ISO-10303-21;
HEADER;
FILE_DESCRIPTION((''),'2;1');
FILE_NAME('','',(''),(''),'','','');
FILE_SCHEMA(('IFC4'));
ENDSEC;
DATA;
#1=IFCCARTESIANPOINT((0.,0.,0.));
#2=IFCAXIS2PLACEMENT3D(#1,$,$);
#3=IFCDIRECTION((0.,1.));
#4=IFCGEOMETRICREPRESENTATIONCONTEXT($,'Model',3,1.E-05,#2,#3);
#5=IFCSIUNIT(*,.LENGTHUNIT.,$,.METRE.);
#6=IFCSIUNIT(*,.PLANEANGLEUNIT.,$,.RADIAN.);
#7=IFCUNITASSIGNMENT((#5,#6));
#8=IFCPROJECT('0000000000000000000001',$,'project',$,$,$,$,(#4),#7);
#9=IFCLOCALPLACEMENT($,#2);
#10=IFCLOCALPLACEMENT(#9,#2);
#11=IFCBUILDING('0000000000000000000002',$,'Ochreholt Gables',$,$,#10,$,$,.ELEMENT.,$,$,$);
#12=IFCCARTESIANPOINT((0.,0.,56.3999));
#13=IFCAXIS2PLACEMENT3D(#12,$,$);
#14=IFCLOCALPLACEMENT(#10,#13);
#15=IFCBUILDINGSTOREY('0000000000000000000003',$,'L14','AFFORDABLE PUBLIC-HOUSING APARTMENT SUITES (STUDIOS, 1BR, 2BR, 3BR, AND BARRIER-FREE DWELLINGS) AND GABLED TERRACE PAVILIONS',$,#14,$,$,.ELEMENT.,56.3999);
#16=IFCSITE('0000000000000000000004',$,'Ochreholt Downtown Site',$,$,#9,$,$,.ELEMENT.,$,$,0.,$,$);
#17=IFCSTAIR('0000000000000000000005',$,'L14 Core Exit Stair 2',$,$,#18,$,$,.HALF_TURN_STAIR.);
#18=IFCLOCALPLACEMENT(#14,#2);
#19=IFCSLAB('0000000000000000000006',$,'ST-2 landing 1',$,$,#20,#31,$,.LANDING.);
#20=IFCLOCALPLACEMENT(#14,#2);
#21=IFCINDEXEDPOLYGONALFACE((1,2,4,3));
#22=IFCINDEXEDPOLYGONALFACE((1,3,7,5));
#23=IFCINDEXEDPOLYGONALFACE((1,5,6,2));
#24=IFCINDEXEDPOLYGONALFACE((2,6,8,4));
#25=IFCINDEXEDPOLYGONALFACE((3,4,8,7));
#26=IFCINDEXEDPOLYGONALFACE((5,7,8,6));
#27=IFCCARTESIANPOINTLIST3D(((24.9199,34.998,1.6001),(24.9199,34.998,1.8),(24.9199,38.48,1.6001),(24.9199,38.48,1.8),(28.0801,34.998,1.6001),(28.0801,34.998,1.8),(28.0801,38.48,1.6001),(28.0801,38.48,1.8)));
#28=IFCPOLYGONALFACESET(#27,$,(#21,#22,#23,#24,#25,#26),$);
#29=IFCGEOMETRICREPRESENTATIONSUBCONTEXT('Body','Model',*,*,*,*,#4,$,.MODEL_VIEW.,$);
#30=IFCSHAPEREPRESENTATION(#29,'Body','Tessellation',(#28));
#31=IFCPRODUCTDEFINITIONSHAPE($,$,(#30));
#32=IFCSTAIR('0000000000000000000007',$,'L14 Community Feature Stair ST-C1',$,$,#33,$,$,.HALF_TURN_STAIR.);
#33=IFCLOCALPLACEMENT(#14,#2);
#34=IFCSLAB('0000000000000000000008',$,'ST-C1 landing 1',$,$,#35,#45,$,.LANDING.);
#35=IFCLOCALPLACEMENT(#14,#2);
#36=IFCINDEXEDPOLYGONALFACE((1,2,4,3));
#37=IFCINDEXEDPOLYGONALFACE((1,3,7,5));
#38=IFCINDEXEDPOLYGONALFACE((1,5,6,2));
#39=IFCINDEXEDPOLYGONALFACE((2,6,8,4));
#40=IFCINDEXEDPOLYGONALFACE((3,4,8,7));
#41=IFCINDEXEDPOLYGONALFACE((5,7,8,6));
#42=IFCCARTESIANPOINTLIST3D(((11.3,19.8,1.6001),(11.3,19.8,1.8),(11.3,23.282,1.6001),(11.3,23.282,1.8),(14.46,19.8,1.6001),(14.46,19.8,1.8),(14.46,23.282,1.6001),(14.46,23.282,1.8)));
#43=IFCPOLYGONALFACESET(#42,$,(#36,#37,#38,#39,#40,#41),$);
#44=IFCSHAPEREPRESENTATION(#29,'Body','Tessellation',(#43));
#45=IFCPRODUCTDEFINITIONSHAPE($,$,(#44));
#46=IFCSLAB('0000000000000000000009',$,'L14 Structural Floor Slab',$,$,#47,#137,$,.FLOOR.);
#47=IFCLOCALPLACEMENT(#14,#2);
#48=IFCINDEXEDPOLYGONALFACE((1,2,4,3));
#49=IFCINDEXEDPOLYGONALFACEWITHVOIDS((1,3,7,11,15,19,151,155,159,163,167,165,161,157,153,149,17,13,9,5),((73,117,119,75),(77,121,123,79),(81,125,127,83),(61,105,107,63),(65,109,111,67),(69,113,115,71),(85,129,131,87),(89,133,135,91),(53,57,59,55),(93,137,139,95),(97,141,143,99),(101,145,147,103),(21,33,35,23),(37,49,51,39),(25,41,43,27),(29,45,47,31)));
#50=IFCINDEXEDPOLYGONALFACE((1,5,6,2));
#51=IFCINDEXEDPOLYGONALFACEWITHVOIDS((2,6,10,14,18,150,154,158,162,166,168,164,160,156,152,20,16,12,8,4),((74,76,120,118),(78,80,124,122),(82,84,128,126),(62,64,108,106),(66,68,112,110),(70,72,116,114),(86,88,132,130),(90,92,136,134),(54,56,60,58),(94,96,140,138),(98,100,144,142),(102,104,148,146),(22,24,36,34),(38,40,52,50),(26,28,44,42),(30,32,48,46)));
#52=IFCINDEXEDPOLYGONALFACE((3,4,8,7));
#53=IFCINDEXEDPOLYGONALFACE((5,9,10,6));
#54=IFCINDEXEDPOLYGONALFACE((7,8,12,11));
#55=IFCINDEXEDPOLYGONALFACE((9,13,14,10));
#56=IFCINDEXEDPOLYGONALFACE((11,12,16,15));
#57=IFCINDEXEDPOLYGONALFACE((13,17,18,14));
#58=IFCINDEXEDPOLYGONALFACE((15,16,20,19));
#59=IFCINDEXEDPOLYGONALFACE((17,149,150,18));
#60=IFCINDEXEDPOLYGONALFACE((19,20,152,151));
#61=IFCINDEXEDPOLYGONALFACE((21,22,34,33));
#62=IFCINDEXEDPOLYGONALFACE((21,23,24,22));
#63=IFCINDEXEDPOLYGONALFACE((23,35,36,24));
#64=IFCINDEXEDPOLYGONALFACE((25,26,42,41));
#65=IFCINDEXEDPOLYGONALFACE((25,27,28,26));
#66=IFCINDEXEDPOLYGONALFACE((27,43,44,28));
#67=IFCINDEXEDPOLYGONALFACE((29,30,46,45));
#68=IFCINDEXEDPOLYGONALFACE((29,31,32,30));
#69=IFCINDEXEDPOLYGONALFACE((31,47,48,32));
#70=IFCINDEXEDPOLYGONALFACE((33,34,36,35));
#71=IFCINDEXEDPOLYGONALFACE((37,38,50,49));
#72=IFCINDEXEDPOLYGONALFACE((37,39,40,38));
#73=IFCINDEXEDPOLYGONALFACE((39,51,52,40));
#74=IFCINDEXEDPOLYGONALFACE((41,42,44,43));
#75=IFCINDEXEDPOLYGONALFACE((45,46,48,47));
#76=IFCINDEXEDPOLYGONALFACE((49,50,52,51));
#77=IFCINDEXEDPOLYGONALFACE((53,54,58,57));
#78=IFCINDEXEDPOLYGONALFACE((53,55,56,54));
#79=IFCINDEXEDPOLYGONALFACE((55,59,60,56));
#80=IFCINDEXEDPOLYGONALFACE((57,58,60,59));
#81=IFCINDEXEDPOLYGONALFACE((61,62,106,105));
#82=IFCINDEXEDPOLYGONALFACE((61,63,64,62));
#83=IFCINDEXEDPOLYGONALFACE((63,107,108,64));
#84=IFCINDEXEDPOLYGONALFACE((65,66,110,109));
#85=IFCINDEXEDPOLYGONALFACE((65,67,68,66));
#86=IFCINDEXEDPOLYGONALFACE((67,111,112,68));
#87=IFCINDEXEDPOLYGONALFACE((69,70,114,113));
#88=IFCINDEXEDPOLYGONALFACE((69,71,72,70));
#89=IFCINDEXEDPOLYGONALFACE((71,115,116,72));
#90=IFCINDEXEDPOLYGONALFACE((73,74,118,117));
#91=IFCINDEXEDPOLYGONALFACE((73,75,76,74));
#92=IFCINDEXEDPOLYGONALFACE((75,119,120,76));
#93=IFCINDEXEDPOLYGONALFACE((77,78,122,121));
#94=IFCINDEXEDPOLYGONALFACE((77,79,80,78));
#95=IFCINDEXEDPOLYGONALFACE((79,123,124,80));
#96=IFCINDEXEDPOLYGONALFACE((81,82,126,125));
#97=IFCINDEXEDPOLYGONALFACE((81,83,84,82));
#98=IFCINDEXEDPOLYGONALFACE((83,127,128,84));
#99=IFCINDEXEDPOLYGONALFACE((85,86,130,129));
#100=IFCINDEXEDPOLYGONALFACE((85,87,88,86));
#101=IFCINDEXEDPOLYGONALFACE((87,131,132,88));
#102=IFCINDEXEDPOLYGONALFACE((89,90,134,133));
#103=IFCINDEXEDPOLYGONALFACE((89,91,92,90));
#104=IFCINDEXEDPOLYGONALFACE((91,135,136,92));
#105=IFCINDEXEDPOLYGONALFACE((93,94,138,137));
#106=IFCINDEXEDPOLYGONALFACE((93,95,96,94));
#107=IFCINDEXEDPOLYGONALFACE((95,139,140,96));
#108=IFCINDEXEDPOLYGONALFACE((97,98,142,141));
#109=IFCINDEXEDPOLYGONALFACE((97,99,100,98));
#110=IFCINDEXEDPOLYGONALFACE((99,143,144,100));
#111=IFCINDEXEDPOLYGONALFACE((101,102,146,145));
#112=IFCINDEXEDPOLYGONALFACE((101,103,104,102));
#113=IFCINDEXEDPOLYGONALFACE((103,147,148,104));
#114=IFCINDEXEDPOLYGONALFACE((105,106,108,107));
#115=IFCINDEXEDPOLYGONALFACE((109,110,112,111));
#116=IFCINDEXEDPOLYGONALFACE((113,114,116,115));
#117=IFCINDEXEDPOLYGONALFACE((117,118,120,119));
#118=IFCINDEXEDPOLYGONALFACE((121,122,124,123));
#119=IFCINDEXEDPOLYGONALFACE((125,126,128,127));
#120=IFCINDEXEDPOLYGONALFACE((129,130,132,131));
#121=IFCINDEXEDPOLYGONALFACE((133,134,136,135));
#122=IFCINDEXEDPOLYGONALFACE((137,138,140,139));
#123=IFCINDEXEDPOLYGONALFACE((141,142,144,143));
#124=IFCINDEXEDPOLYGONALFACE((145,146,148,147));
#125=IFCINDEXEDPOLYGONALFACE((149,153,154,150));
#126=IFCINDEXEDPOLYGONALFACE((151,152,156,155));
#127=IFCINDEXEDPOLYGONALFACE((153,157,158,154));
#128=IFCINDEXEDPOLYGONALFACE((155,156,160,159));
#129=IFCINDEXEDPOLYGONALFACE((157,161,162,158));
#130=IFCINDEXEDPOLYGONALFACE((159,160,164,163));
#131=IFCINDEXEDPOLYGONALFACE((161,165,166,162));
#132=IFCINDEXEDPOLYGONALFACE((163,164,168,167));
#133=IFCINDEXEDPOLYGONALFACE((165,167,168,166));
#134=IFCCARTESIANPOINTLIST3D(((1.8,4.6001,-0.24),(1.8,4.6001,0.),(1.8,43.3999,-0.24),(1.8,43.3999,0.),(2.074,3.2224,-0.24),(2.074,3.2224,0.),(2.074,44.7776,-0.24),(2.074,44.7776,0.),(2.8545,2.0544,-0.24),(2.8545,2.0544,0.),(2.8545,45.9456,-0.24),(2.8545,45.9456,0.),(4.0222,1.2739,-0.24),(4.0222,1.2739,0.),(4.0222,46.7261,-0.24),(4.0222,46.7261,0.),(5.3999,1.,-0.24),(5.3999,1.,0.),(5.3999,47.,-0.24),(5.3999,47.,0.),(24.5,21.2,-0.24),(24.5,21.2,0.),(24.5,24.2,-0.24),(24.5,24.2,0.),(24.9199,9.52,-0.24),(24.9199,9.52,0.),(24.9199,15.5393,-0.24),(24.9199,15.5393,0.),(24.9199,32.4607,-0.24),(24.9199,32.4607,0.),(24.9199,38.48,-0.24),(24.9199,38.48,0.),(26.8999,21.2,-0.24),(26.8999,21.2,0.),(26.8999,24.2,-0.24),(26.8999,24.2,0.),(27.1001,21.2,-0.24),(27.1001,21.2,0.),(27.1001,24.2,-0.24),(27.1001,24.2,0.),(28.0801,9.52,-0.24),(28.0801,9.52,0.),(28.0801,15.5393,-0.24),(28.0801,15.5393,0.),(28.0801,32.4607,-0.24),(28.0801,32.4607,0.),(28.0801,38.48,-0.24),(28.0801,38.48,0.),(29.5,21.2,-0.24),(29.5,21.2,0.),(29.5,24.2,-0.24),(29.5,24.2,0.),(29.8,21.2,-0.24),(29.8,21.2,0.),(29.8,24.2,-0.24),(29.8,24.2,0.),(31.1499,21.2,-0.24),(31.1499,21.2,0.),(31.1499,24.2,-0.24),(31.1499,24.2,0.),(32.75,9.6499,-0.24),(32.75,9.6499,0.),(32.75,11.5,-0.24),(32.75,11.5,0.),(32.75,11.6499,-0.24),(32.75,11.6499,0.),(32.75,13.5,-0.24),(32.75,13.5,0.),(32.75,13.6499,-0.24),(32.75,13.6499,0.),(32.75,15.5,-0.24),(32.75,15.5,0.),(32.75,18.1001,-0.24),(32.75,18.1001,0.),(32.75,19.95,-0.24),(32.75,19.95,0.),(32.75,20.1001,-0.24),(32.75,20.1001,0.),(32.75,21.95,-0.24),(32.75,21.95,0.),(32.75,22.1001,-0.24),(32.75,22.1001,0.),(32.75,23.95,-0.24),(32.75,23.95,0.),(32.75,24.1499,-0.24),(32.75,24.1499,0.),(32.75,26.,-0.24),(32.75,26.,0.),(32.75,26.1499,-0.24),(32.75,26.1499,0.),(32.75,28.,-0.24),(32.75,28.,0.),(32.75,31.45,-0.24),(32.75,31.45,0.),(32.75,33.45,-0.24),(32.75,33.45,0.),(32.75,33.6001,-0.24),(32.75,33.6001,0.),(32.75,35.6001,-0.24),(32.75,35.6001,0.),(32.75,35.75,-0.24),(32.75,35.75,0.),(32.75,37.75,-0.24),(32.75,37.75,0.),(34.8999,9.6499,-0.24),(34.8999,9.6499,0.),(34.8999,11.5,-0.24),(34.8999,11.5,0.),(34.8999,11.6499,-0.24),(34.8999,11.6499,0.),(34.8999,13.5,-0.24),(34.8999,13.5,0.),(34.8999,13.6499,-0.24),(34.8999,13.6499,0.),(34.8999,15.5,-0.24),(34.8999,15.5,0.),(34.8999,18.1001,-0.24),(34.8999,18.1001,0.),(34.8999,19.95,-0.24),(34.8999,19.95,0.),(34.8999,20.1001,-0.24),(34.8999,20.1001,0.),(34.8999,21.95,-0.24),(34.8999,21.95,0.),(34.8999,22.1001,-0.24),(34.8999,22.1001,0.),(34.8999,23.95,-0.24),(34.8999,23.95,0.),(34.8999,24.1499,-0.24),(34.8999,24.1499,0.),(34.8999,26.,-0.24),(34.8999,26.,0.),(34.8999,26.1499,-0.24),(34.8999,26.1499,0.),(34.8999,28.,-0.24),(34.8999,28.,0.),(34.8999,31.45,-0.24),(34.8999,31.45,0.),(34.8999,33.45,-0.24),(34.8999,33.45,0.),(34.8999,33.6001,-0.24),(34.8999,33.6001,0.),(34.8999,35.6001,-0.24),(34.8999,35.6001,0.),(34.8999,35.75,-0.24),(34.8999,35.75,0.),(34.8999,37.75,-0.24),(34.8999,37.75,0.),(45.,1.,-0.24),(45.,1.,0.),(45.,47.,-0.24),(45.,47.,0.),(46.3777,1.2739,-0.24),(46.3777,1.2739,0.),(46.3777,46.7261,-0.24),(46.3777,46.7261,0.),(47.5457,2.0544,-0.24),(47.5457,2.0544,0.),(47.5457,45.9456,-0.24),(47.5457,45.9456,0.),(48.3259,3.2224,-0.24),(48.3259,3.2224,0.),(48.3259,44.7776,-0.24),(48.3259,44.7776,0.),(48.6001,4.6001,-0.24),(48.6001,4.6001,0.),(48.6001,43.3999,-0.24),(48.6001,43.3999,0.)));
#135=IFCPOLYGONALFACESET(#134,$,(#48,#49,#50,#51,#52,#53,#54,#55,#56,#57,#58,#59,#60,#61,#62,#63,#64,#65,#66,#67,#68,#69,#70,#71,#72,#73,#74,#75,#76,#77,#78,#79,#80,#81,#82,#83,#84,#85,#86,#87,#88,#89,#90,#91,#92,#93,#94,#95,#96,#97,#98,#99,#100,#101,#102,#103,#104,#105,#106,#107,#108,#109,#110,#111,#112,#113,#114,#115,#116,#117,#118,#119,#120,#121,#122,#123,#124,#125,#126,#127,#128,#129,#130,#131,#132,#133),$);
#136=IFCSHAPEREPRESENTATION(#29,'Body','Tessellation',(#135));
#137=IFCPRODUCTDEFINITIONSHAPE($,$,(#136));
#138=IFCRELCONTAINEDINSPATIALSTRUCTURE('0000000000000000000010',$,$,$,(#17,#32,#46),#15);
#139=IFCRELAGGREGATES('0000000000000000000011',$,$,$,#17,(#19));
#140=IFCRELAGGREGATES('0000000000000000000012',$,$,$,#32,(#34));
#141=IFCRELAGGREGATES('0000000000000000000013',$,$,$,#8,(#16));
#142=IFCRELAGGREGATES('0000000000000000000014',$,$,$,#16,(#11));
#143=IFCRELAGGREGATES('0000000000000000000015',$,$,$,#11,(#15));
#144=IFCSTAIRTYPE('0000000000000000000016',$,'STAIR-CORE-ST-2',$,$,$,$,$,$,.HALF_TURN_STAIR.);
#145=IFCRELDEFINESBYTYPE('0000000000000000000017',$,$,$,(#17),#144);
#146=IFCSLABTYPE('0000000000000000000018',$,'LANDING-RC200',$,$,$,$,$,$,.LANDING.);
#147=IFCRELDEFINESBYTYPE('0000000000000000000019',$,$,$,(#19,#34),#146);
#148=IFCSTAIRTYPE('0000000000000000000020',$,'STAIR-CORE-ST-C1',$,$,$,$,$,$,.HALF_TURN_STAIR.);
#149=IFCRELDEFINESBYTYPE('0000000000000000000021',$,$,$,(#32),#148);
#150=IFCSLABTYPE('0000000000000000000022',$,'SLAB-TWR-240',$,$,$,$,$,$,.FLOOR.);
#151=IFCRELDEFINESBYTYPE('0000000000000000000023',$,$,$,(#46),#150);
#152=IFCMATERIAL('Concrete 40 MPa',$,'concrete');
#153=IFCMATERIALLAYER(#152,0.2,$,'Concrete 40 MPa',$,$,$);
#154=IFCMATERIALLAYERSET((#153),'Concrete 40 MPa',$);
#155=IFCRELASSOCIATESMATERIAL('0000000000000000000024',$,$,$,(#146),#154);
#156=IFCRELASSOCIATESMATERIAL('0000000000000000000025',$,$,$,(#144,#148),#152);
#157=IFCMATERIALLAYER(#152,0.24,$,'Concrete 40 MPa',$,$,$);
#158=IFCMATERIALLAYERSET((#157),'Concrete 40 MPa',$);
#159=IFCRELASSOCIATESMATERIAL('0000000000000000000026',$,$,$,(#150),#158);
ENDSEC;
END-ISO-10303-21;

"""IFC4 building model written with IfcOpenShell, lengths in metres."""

from ifc_helpers import new_model, si_unit, direction, frame, origin, place, context, subcontext, project, spatial, polyline, outline, extrude, material, layer, layer_set, type_object, element, aggregate, save


model = new_model("IFC4")

# Units and contexts
model_context = context("Model", 3, precision=1e-05, world=origin(), true_north=direction((0.0, 1.0)))
body_context = subcontext(model_context, "Body", "Model", "MODEL_VIEW")
ifc_project = project(units=[si_unit("LENGTHUNIT", "METRE"), si_unit("PLANEANGLEUNIT", "RADIAN")], contexts=[model_context])

# Site, building, storey
site_placement = place(None, origin())
site = spatial("IfcSite", under=ifc_project, at=site_placement, Name="Ochreholt Downtown Site", CompositionType="ELEMENT", RefElevation=0.0)
building_placement = place(site_placement, origin())
building = spatial("IfcBuilding", under=site, at=building_placement, Name="Ochreholt Gables", CompositionType="ELEMENT")
storey_placement = place(building_placement, frame((0.0, 0.0, 56.3999)))
storey = spatial("IfcBuildingStorey", under=building, at=storey_placement, Name="L14", Description="AFFORDABLE PUBLIC-HOUSING APARTMENT SUITES (STUDIOS, 1BR, 2BR, 3BR, AND BARRIER-FREE DWELLINGS) AND GABLED TERRACE PAVILIONS", CompositionType="ELEMENT", Elevation=56.3999)

# Stairs, slabs
ifc_material_1 = material(Name="Concrete 40 MPa", Category="concrete")
ifc_layer_1 = layer(ifc_material_1, 0.2, Name="Concrete 40 MPa")
ifc_layer_set_1 = layer_set([ifc_layer_1], Name="Concrete 40 MPa")
slab_type_1 = type_object("IfcSlabType", Name="LANDING-RC200", PredefinedType="LANDING", material=ifc_layer_set_1)
stair_type_1 = type_object("IfcStairType", Name="STAIR-CORE-ST-2", PredefinedType="HALF_TURN_STAIR", material=ifc_material_1)
stair_1_placement = place(storey_placement, origin())
stair_1 = element("IfcStair", 1, at=stair_1_placement, inside=storey, type_object=stair_type_1, Name="L14 Core Exit Stair 2", PredefinedType="HALF_TURN_STAIR")
slab_1_placement = place(storey_placement, frame((0.0, 0.0, 1.6001)))
slab_1 = element("IfcSlab", 2, at=slab_1_placement, type_object=slab_type_1, Name="ST-2 landing 1", PredefinedType="LANDING", context=body_context, shape_type="SweptSolid", body=[
    extrude(outline(polyline([(28.0801, 34.998), (28.0801, 38.48), (24.9199, 38.48), (24.9199, 34.998), (28.0801, 34.998)])), origin(), (0.0, 0.0, 1.0), 0.2),
])
aggregate(stair_1, [slab_1])
stair_type_2 = type_object("IfcStairType", Name="STAIR-CORE-ST-C1", PredefinedType="HALF_TURN_STAIR", material=ifc_material_1)
stair_2_placement = place(storey_placement, origin())
stair_2 = element("IfcStair", 3, at=stair_2_placement, inside=storey, type_object=stair_type_2, Name="L14 Community Feature Stair ST-C1", PredefinedType="HALF_TURN_STAIR")
slab_2_placement = place(storey_placement, frame((0.0, 0.0, 1.6001)))
slab_2 = element("IfcSlab", 4, at=slab_2_placement, type_object=slab_type_1, Name="ST-C1 landing 1", PredefinedType="LANDING", context=body_context, shape_type="SweptSolid", body=[
    extrude(outline(polyline([(11.3, 23.282), (11.3, 19.8), (14.46, 19.8), (14.46, 23.282), (11.3, 23.282)])), origin(), (0.0, 0.0, 1.0), 0.2),
])
aggregate(stair_2, [slab_2])

# Slab
ifc_layer_2 = layer(ifc_material_1, 0.24, Name="Concrete 40 MPa")
ifc_layer_set_2 = layer_set([ifc_layer_2], Name="Concrete 40 MPa")
slab_type_2 = type_object("IfcSlabType", Name="SLAB-TWR-240", PredefinedType="FLOOR", material=ifc_layer_set_2)
slab_3_placement = place(storey_placement, frame((0.0, 0.0, -0.24)))
element("IfcSlab", 5, at=slab_3_placement, inside=storey, type_object=slab_type_2, Name="L14 Structural Floor Slab", PredefinedType="FLOOR", context=body_context, shape_type="SweptSolid", body=[
    extrude(outline(polyline([(1.8, 4.6001), (2.074, 3.2224), (2.8545, 2.0544), (4.0222, 1.2739), (5.3999, 1.0), (45.0, 1.0), (46.3777, 1.2739), (47.5457, 2.0544), (48.3259, 3.2224), (48.6001, 4.6001), (48.6001, 43.3999), (48.3259, 44.7776), (47.5457, 45.9456), (46.3777, 46.7261), (45.0, 47.0), (5.3999, 47.0), (4.0222, 46.7261), (2.8545, 45.9456), (2.074, 44.7776), (1.8, 43.3999), (1.8, 4.6001)]), holes=[polyline([(24.9199, 15.5393), (24.9199, 9.52), (28.0801, 9.52), (28.0801, 15.5393), (24.9199, 15.5393)]), polyline([(28.0801, 32.4607), (28.0801, 38.48), (24.9199, 38.48), (24.9199, 32.4607), (28.0801, 32.4607)]), polyline([(24.5, 21.2), (26.8999, 21.2), (26.8999, 24.2), (24.5, 24.2), (24.5, 21.2)]), polyline([(27.1001, 21.2), (29.5, 21.2), (29.5, 24.2), (27.1001, 24.2), (27.1001, 21.2)]), polyline([(32.75, 9.6499), (34.8999, 9.6499), (34.8999, 11.5), (32.75, 11.5), (32.75, 9.6499)]), polyline([(32.75, 11.6499), (34.8999, 11.6499), (34.8999, 13.5), (32.75, 13.5), (32.75, 11.6499)]), polyline([(32.75, 13.6499), (34.8999, 13.6499), (34.8999, 15.5), (32.75, 15.5), (32.75, 13.6499)]), polyline([(32.75, 18.1001), (34.8999, 18.1001), (34.8999, 19.95), (32.75, 19.95), (32.75, 18.1001)]), polyline([(32.75, 20.1001), (34.8999, 20.1001), (34.8999, 21.95), (32.75, 21.95), (32.75, 20.1001)]), polyline([(32.75, 22.1001), (34.8999, 22.1001), (34.8999, 23.95), (32.75, 23.95), (32.75, 22.1001)]), polyline([(32.75, 24.1499), (34.8999, 24.1499), (34.8999, 26.0), (32.75, 26.0), (32.75, 24.1499)]), polyline([(32.75, 26.1499), (34.8999, 26.1499), (34.8999, 28.0), (32.75, 28.0), (32.75, 26.1499)]), polyline([(32.75, 31.45), (34.8999, 31.45), (34.8999, 33.45), (32.75, 33.45), (32.75, 31.45)]), polyline([(32.75, 33.6001), (34.8999, 33.6001), (34.8999, 35.6001), (32.75, 35.6001), (32.75, 33.6001)]), polyline([(32.75, 35.75), (34.8999, 35.75), (34.8999, 37.75), (32.75, 37.75), (32.75, 35.75)]), polyline([(29.8, 21.2), (31.1499, 21.2), (31.1499, 24.2), (29.8, 24.2), (29.8, 21.2)])]), origin(), (0.0, 0.0, 1.0), 0.24),
])

save(model, "model.ifc")
